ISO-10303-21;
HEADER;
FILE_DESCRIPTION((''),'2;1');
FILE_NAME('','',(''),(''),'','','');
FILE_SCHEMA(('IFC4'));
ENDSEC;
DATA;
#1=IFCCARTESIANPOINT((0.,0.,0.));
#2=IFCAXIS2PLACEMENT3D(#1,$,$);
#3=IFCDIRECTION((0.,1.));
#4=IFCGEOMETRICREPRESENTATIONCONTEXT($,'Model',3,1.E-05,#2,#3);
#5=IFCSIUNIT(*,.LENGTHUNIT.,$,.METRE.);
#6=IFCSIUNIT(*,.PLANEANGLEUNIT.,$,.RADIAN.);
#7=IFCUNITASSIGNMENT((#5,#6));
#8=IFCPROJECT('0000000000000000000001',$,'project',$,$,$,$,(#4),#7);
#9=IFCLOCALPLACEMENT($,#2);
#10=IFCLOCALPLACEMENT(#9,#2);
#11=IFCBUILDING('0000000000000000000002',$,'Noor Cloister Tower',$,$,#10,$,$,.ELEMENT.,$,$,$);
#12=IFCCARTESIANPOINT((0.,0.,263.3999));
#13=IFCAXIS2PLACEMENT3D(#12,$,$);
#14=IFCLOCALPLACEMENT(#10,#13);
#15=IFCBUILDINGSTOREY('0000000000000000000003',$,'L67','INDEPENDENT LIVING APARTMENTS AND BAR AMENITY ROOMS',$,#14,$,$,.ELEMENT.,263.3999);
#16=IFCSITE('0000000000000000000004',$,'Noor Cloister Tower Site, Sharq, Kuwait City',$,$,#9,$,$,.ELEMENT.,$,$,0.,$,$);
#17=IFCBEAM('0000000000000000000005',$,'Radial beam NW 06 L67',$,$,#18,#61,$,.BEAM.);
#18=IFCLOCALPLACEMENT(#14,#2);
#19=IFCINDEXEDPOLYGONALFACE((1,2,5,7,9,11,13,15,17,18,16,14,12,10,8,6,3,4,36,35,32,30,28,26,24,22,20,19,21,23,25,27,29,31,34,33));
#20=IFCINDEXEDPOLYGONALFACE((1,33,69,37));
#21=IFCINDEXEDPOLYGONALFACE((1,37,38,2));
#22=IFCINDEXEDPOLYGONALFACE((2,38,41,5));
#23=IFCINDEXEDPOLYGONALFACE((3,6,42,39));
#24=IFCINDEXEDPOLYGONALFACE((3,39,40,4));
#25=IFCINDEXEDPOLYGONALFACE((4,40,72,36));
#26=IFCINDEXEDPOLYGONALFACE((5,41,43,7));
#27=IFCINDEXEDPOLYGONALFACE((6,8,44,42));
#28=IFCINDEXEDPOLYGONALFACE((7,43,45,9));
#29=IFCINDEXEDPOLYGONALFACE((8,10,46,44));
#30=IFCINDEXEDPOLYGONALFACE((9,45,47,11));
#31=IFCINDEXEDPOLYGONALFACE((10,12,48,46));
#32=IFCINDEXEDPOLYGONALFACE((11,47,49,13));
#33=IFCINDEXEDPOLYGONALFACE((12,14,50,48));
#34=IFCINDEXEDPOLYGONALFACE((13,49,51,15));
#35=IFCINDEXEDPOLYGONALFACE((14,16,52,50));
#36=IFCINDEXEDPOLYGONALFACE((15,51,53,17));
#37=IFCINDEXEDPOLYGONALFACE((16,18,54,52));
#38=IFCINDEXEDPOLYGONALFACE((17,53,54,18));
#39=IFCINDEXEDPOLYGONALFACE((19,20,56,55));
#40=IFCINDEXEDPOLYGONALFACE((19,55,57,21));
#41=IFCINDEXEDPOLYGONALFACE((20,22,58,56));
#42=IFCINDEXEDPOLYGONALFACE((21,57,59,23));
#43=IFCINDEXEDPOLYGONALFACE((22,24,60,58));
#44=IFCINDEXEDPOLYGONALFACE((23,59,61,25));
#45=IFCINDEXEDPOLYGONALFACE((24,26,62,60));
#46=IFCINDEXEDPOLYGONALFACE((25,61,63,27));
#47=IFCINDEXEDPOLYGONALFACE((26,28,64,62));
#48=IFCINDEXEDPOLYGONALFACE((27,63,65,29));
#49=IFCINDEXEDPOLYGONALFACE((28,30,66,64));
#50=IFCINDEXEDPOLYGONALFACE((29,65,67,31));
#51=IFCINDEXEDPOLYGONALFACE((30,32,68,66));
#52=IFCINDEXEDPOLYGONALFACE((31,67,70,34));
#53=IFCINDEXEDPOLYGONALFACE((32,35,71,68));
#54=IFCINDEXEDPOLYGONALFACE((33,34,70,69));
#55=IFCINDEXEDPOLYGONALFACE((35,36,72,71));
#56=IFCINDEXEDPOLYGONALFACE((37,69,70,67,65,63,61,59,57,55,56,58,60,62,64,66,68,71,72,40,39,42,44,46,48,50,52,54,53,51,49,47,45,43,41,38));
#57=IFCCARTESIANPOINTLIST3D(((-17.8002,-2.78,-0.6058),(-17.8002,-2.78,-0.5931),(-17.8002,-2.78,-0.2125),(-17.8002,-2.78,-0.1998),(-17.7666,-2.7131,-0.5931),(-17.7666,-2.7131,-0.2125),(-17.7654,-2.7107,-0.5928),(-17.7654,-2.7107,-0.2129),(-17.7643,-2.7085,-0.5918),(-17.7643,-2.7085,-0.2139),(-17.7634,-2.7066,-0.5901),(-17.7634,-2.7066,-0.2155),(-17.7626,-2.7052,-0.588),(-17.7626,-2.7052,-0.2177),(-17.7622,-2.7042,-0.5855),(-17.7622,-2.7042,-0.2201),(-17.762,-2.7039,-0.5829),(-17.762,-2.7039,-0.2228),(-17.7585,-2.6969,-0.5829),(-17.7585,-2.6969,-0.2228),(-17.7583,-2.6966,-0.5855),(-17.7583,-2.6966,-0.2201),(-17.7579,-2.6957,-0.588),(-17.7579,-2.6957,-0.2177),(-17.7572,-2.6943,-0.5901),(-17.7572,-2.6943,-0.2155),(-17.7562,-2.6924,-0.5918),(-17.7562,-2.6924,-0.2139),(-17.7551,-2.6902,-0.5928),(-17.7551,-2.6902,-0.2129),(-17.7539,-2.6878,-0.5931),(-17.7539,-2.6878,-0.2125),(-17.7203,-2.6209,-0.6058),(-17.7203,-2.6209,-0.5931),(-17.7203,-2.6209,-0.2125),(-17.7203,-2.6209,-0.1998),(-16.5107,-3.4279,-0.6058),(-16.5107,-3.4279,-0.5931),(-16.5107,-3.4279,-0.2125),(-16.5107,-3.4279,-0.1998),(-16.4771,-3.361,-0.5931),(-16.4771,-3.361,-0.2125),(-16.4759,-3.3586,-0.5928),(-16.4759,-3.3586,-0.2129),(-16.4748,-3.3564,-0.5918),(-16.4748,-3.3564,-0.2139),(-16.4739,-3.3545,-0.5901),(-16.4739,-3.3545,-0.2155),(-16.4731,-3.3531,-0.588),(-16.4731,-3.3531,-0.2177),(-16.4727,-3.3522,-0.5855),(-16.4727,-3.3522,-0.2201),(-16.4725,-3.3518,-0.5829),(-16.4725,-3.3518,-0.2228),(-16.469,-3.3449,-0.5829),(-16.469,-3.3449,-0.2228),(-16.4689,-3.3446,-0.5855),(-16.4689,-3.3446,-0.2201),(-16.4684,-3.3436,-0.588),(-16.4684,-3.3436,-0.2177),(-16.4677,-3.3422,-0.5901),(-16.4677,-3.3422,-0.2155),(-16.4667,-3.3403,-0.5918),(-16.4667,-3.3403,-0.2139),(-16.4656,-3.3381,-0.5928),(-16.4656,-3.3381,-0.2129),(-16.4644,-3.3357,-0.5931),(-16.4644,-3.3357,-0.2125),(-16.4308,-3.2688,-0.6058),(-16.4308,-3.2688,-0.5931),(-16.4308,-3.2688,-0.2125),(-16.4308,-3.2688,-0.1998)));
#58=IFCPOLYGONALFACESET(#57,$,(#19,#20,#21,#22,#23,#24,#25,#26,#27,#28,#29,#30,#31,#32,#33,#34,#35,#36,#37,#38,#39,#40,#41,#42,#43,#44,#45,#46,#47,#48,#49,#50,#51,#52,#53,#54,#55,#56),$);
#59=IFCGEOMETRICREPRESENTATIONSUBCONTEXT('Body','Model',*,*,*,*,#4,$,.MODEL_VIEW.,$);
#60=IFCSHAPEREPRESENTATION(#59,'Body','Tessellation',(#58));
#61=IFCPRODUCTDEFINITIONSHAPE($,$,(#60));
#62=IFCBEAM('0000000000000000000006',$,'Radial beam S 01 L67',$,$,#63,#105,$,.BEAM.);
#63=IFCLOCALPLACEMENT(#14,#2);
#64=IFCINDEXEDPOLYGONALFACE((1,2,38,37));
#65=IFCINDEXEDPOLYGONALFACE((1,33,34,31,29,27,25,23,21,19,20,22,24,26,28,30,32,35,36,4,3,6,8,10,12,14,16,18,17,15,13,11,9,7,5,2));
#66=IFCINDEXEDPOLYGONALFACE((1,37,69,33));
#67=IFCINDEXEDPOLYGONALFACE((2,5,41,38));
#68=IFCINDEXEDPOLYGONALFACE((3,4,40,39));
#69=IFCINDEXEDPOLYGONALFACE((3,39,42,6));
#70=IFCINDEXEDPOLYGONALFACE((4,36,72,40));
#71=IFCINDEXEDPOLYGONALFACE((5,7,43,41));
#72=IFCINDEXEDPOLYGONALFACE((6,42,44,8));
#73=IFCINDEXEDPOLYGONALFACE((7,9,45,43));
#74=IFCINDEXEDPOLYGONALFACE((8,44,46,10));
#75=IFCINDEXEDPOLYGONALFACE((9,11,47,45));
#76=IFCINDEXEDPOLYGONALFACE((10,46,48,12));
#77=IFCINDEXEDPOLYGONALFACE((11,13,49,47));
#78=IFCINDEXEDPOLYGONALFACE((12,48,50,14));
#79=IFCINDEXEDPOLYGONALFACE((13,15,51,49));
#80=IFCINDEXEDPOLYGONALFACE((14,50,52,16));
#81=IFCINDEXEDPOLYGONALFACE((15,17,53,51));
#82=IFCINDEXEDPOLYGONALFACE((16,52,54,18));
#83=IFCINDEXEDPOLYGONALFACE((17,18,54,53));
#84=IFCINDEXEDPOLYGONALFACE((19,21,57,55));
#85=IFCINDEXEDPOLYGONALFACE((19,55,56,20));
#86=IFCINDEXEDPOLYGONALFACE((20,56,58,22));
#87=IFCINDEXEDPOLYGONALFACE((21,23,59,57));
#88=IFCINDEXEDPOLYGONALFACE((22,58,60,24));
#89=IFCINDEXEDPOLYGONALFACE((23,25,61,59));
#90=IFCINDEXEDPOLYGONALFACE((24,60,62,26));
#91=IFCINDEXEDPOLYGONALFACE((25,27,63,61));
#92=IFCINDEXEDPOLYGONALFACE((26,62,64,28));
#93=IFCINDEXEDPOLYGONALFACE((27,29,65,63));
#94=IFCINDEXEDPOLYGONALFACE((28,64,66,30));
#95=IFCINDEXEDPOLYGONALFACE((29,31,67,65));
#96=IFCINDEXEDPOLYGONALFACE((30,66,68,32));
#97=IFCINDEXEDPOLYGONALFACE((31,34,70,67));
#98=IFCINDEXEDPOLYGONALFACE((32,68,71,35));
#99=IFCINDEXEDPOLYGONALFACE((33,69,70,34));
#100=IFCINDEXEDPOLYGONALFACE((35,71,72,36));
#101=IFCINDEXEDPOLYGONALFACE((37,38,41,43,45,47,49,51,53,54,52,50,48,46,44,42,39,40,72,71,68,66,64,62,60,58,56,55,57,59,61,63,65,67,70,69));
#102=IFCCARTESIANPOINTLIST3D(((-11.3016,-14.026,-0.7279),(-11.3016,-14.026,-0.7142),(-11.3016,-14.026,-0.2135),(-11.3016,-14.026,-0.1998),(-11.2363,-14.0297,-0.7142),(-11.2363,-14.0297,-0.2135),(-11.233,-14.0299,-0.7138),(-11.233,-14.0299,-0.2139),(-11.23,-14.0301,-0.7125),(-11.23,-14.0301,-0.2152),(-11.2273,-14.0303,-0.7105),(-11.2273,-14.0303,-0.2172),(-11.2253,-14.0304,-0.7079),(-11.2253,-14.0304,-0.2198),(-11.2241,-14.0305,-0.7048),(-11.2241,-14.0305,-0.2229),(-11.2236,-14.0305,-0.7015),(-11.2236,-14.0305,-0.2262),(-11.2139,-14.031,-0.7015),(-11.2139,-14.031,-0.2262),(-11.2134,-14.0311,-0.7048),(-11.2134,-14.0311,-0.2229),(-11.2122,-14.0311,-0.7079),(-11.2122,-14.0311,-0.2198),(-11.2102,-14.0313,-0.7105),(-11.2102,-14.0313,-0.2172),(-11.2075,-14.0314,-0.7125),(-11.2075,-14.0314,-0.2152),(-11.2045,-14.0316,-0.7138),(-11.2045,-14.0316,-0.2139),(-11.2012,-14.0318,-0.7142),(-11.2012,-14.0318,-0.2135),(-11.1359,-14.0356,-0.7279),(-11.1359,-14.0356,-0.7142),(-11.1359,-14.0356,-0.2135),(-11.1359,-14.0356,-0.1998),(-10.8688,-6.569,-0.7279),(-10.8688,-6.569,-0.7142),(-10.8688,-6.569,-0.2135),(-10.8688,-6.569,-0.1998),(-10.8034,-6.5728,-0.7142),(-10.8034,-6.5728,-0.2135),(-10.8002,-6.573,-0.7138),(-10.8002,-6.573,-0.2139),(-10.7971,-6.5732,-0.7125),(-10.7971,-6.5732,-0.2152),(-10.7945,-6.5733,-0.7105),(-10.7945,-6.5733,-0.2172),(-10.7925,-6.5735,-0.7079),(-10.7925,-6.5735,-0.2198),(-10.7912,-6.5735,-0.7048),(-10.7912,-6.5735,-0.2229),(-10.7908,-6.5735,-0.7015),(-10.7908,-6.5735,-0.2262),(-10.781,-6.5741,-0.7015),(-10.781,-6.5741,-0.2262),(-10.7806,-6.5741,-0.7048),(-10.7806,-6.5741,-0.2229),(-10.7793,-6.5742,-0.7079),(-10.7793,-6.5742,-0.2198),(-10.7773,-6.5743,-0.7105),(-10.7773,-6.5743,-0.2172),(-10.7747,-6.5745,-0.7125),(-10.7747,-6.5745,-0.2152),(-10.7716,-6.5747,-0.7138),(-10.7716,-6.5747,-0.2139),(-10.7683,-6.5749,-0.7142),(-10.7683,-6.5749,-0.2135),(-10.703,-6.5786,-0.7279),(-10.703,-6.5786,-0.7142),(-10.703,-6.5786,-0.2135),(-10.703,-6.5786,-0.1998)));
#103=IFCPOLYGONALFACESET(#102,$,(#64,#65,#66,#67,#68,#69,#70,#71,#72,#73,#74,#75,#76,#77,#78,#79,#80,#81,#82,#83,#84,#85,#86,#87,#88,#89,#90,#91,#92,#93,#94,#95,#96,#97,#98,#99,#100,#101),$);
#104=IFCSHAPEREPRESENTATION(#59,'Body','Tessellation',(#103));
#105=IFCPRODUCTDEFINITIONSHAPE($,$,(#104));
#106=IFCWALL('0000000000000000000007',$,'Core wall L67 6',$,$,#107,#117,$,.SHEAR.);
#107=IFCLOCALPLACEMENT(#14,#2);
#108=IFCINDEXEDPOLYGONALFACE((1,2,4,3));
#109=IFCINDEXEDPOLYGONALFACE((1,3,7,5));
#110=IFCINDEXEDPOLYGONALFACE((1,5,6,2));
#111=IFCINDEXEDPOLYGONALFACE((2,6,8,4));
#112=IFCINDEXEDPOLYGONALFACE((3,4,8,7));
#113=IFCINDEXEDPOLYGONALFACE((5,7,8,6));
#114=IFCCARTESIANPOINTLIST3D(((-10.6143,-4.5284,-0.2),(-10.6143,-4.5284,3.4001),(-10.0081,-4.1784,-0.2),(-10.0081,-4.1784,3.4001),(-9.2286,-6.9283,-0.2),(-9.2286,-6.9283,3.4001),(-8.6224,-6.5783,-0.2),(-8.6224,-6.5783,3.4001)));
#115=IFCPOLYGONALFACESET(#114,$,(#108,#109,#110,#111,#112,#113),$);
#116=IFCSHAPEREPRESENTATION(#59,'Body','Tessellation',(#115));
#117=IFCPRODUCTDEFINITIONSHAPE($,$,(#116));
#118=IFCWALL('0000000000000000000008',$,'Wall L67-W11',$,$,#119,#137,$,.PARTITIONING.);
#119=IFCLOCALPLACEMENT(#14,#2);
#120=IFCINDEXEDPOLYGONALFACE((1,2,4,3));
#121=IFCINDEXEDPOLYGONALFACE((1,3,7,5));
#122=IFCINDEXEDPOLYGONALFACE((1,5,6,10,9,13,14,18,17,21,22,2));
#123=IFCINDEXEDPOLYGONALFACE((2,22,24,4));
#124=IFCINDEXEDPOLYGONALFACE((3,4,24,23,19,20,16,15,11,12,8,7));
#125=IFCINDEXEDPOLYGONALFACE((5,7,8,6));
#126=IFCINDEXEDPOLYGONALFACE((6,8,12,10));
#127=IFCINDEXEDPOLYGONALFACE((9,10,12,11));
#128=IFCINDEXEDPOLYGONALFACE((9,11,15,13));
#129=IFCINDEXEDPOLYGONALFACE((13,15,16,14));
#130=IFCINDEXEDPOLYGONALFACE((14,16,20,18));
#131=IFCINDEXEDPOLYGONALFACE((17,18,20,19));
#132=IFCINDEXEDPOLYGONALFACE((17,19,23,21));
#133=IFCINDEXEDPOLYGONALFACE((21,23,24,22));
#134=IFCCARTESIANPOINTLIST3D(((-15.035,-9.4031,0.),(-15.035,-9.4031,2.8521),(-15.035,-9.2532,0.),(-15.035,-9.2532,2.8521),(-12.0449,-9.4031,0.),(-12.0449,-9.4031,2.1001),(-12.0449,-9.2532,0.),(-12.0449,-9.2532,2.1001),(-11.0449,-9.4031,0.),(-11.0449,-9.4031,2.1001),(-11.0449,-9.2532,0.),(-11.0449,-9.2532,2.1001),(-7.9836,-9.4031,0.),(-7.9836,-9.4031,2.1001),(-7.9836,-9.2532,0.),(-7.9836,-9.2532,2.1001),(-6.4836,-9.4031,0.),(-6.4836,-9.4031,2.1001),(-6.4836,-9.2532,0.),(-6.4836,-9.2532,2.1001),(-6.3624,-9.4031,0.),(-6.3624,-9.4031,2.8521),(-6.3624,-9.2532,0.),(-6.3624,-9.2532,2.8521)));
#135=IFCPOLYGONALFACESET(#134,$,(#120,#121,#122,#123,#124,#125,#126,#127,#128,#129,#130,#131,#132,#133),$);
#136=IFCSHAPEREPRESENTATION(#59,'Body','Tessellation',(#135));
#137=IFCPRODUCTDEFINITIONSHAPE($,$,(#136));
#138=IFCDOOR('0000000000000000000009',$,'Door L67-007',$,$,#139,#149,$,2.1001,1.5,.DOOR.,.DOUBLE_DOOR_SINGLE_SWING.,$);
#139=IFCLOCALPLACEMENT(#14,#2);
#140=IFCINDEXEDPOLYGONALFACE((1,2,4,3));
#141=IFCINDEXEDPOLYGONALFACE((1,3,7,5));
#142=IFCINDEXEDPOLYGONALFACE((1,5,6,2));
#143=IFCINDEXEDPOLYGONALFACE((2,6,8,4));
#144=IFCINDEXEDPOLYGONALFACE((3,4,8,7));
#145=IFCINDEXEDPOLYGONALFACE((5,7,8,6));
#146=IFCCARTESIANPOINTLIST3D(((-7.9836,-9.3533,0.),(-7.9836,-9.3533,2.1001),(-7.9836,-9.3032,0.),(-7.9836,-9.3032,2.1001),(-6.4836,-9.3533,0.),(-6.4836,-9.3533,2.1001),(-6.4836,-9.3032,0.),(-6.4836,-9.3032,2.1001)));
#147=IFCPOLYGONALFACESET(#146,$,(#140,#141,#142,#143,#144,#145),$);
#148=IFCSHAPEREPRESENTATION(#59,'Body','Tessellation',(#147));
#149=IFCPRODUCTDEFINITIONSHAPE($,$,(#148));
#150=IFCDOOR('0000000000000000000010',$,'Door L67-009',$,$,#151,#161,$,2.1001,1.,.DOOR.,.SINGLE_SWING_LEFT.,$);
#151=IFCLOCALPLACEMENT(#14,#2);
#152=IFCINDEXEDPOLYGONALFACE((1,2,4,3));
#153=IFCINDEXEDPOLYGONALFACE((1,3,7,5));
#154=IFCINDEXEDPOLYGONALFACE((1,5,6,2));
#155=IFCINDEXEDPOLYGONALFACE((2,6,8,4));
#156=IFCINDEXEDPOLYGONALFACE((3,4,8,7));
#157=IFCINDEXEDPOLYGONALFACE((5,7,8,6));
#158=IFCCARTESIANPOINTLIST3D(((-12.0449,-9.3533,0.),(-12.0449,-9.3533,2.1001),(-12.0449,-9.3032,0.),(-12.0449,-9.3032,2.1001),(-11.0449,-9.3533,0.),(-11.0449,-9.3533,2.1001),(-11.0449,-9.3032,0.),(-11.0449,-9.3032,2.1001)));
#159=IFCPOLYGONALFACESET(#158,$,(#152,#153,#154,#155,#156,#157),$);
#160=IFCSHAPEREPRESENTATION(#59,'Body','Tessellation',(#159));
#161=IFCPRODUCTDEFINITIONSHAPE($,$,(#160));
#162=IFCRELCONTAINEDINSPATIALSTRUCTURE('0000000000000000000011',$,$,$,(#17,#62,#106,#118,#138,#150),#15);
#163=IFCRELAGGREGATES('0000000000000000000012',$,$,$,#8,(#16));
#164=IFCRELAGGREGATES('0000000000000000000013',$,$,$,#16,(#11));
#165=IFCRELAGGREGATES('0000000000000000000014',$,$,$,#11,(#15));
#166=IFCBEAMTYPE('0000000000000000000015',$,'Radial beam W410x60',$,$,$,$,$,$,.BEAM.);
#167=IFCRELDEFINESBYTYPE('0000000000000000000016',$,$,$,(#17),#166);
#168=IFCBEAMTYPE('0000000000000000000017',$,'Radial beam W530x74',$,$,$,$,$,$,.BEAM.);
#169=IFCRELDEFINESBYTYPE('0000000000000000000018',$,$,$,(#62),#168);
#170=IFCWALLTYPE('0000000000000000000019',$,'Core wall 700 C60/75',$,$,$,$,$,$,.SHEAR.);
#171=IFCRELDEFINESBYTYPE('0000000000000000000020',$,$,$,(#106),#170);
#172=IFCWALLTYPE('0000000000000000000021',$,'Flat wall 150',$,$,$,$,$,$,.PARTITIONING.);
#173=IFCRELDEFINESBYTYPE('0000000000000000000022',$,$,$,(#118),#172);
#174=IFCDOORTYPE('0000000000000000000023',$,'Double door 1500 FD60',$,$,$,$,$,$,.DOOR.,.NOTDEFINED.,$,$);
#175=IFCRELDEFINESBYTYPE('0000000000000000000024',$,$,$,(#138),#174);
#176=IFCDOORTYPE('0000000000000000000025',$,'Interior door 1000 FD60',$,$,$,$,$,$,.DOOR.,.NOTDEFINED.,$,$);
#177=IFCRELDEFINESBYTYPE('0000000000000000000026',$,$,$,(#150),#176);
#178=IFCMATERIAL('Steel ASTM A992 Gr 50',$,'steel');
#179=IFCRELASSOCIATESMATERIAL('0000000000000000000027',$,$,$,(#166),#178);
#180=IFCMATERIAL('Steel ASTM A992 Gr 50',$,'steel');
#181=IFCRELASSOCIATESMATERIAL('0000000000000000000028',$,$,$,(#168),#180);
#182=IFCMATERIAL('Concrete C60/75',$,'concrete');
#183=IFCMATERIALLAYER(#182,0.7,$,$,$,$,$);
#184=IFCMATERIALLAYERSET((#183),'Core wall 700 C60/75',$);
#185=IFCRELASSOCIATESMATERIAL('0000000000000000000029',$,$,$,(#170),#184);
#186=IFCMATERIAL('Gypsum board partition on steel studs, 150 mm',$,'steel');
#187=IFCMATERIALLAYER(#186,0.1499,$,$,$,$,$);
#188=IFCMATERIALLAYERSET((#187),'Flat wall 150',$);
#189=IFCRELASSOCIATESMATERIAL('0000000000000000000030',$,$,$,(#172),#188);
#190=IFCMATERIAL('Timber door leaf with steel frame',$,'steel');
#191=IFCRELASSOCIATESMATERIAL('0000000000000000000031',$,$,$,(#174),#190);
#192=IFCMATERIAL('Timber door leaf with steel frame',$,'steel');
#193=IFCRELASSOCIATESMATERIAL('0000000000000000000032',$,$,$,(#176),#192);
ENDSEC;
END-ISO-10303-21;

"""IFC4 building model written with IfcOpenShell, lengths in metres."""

from ifc_helpers import new_model, si_unit, direction, frame, frame_2d, origin, origin_2d, place, context, subcontext, project, spatial, rectangle, i_section, extrude, material, layer, layer_set, material_profile, profile_set, type_object, element, fill, save


model = new_model("IFC4")

# Units and contexts
model_context = context("Model", 3, precision=1e-05, world=origin(), true_north=direction((0.0, 1.0)))
body_context = subcontext(model_context, "Body", "Model", "MODEL_VIEW")
ifc_project = project(units=[si_unit("LENGTHUNIT", "METRE"), si_unit("PLANEANGLEUNIT", "RADIAN")], contexts=[model_context])

# Site, building, storey
site_placement = place(None, origin())
site = spatial("IfcSite", under=ifc_project, at=site_placement, Name="Noor Cloister Tower Site, Sharq, Kuwait City", CompositionType="ELEMENT", RefElevation=0.0)
building_placement = place(site_placement, origin())
building = spatial("IfcBuilding", under=site, at=building_placement, Name="Noor Cloister Tower", CompositionType="ELEMENT")
storey_placement = place(building_placement, frame((0.0, 0.0, 263.3999)))
storey = spatial("IfcBuildingStorey", under=building, at=storey_placement, Name="L67", Description="INDEPENDENT LIVING APARTMENTS AND BAR AMENITY ROOMS", CompositionType="ELEMENT", Elevation=263.3999)

# Beams
ifc_material_1 = material(Name="Steel ASTM A992 Gr 50", Category="steel")
ifc_material_profile_1 = material_profile(ifc_material_1, i_section(OverallWidth=0.178, OverallDepth=0.406, WebThickness=0.0078, FlangeThickness=0.0127, FilletRadius=0.0103, at=origin_2d()), Name="W410x60")
ifc_profile_set_1 = profile_set([ifc_material_profile_1], Name="Steel ASTM A992 Gr 50")
beam_type_1 = type_object("IfcBeamType", Name="Radial beam W410x60", PredefinedType="BEAM", material=ifc_profile_set_1)
beam_1_placement = place(storey_placement, frame((-17.7603, -2.7004, -0.4028), z_axis=(0.893546, -0.448972, 0.0), x_axis=(0.448972, 0.893546, 0.0)))
element("IfcBeam", 1, at=beam_1_placement, inside=storey, type_object=beam_type_1, Name="Radial beam NW 06 L67", PredefinedType="BEAM", context=body_context, shape_type="SweptSolid", body=[
    extrude(i_section(OverallWidth=0.178, OverallDepth=0.406, WebThickness=0.0078, FlangeThickness=0.0127, FilletRadius=0.0103, at=origin_2d()), origin(), (0.0, 0.0, 1.0), 1.4431),
])
ifc_material_2 = material(Name="Steel ASTM A992 Gr 50", Category="steel")
ifc_material_profile_2 = material_profile(ifc_material_2, i_section(OverallWidth=0.166, OverallDepth=0.5281, WebThickness=0.0098, FlangeThickness=0.0137, FilletRadius=0.0127, at=origin_2d()), Name="W530x74")
ifc_profile_set_2 = profile_set([ifc_material_profile_2], Name="Steel ASTM A992 Gr 50")
beam_type_2 = type_object("IfcBeamType", Name="Radial beam W530x74", PredefinedType="BEAM", material=ifc_profile_set_2)
beam_2_placement = place(storey_placement, frame((-11.2188, -14.0308, -0.4639), z_axis=(0.05795, 0.998319, 0.0), x_axis=(-0.998319, 0.05795, 0.0)))
element("IfcBeam", 2, at=beam_2_placement, inside=storey, type_object=beam_type_2, Name="Radial beam S 01 L67", PredefinedType="BEAM", context=body_context, shape_type="SweptSolid", body=[
    extrude(i_section(OverallWidth=0.166, OverallDepth=0.5281, WebThickness=0.0098, FlangeThickness=0.0137, FilletRadius=0.0127, at=origin_2d()), origin(), (0.0, 0.0, 1.0), 7.4695),
])

# Wall
ifc_material_3 = material(Name="Concrete C60/75", Category="concrete")
ifc_layer_1 = layer(ifc_material_3, 0.7)
ifc_layer_set_1 = layer_set([ifc_layer_1], Name="Core wall 700 C60/75")
wall_type_1 = type_object("IfcWallType", Name="Core wall 700 C60/75", PredefinedType="SHEAR", material=ifc_layer_set_1)
wall_1_placement = place(storey_placement, frame((-10.3113, -4.3533, -0.2), z_axis=(0.0, 0.0, 1.0), x_axis=(0.500043, -0.866001, 0.0)))
element("IfcWall", 3, at=wall_1_placement, inside=storey, type_object=wall_type_1, Name="Core wall L67 6", PredefinedType="SHEAR", context=body_context, shape_type="SweptSolid", body=[
    extrude(rectangle(XDim=2.7712, YDim=0.7, at=frame_2d((1.3857, 0.0))), origin(), (0.0, 0.0, 1.0), 3.6001),
])

# Wall, openings, doors
ifc_material_4 = material(Name="Gypsum board partition on steel studs, 150 mm", Category="steel")
ifc_layer_2 = layer(ifc_material_4, 0.1499)
ifc_layer_set_2 = layer_set([ifc_layer_2], Name="Flat wall 150")
wall_type_2 = type_object("IfcWallType", Name="Flat wall 150", PredefinedType="PARTITIONING", material=ifc_layer_set_2)
wall_2_placement = place(storey_placement, frame((-15.0352, -9.3281, 0.0), z_axis=(0.0, 0.0, 1.0), x_axis=(1.0, 0.0, 0.0)))
wall_2 = element("IfcWall", 4, at=wall_2_placement, inside=storey, type_object=wall_type_2, Name="Wall L67-W11", PredefinedType="PARTITIONING", context=body_context, shape_type="SweptSolid", body=[
    extrude(rectangle(XDim=8.6726, YDim=0.1499, at=frame_2d((4.3364, 0.0))), origin(), (0.0, 0.0, 1.0), 2.8521),
])
opening_1_placement = place(wall_2_placement, frame((7.0515, 0.0, 0.0)))
opening_1 = element("IfcOpeningElement", 5, at=opening_1_placement, cuts=wall_2, PredefinedType="OPENING", context=body_context, shape_type="SweptSolid", body=[
    extrude(rectangle(XDim=1.5, YDim=2.1001, at=frame_2d((0.75, 1.05))), frame((0.0, 0.085, 0.0), z_axis=(0.0, -1.0, 0.0), x_axis=(1.0, 0.0, 0.0)), (0.0, 0.0, 1.0), 0.1699),
])
opening_2_placement = place(wall_2_placement, frame((2.9902, 0.0, 0.0)))
opening_2 = element("IfcOpeningElement", 6, at=opening_2_placement, cuts=wall_2, PredefinedType="OPENING", context=body_context, shape_type="SweptSolid", body=[
    extrude(rectangle(XDim=1.0, YDim=2.1001, at=frame_2d((0.5, 1.05))), frame((0.0, 0.085, 0.0), z_axis=(0.0, -1.0, 0.0), x_axis=(1.0, 0.0, 0.0)), (0.0, 0.0, 1.0), 0.1699),
])
ifc_material_5 = material(Name="Timber door leaf with steel frame", Category="steel")
door_type_1 = type_object("IfcDoorType", Name="Double door 1500 FD60", OperationType="NOTDEFINED", PredefinedType="DOOR", material=ifc_material_5)
door_1_placement = place(opening_1_placement, origin())
door_1 = element("IfcDoor", 7, at=door_1_placement, inside=storey, type_object=door_type_1, Name="Door L67-007", OperationType="DOUBLE_DOOR_SINGLE_SWING", OverallHeight=2.1001, OverallWidth=1.5, PredefinedType="DOOR", context=body_context, shape_type="SweptSolid", body=[
    extrude(rectangle(XDim=1.5, YDim=2.1001, at=frame_2d((0.75, 1.05))), frame((0.0, 0.0249, 0.0), z_axis=(0.0, -1.0, 0.0), x_axis=(1.0, 0.0, 0.0)), (0.0, 0.0, 1.0), 0.05),
])
fill(opening_1, door_1)
ifc_material_6 = material(Name="Timber door leaf with steel frame", Category="steel")
door_type_2 = type_object("IfcDoorType", Name="Interior door 1000 FD60", OperationType="NOTDEFINED", PredefinedType="DOOR", material=ifc_material_6)
door_2_placement = place(opening_2_placement, origin())
door_2 = element("IfcDoor", 8, at=door_2_placement, inside=storey, type_object=door_type_2, Name="Door L67-009", OperationType="SINGLE_SWING_LEFT", OverallHeight=2.1001, OverallWidth=1.0, PredefinedType="DOOR", context=body_context, shape_type="SweptSolid", body=[
    extrude(rectangle(XDim=1.0, YDim=2.1001, at=frame_2d((0.5, 1.05))), frame((0.0, 0.0249, 0.0), z_axis=(0.0, -1.0, 0.0), x_axis=(1.0, 0.0, 0.0)), (0.0, 0.0, 1.0), 0.05),
])
fill(opening_2, door_2)

save(model, "model.ifc")
